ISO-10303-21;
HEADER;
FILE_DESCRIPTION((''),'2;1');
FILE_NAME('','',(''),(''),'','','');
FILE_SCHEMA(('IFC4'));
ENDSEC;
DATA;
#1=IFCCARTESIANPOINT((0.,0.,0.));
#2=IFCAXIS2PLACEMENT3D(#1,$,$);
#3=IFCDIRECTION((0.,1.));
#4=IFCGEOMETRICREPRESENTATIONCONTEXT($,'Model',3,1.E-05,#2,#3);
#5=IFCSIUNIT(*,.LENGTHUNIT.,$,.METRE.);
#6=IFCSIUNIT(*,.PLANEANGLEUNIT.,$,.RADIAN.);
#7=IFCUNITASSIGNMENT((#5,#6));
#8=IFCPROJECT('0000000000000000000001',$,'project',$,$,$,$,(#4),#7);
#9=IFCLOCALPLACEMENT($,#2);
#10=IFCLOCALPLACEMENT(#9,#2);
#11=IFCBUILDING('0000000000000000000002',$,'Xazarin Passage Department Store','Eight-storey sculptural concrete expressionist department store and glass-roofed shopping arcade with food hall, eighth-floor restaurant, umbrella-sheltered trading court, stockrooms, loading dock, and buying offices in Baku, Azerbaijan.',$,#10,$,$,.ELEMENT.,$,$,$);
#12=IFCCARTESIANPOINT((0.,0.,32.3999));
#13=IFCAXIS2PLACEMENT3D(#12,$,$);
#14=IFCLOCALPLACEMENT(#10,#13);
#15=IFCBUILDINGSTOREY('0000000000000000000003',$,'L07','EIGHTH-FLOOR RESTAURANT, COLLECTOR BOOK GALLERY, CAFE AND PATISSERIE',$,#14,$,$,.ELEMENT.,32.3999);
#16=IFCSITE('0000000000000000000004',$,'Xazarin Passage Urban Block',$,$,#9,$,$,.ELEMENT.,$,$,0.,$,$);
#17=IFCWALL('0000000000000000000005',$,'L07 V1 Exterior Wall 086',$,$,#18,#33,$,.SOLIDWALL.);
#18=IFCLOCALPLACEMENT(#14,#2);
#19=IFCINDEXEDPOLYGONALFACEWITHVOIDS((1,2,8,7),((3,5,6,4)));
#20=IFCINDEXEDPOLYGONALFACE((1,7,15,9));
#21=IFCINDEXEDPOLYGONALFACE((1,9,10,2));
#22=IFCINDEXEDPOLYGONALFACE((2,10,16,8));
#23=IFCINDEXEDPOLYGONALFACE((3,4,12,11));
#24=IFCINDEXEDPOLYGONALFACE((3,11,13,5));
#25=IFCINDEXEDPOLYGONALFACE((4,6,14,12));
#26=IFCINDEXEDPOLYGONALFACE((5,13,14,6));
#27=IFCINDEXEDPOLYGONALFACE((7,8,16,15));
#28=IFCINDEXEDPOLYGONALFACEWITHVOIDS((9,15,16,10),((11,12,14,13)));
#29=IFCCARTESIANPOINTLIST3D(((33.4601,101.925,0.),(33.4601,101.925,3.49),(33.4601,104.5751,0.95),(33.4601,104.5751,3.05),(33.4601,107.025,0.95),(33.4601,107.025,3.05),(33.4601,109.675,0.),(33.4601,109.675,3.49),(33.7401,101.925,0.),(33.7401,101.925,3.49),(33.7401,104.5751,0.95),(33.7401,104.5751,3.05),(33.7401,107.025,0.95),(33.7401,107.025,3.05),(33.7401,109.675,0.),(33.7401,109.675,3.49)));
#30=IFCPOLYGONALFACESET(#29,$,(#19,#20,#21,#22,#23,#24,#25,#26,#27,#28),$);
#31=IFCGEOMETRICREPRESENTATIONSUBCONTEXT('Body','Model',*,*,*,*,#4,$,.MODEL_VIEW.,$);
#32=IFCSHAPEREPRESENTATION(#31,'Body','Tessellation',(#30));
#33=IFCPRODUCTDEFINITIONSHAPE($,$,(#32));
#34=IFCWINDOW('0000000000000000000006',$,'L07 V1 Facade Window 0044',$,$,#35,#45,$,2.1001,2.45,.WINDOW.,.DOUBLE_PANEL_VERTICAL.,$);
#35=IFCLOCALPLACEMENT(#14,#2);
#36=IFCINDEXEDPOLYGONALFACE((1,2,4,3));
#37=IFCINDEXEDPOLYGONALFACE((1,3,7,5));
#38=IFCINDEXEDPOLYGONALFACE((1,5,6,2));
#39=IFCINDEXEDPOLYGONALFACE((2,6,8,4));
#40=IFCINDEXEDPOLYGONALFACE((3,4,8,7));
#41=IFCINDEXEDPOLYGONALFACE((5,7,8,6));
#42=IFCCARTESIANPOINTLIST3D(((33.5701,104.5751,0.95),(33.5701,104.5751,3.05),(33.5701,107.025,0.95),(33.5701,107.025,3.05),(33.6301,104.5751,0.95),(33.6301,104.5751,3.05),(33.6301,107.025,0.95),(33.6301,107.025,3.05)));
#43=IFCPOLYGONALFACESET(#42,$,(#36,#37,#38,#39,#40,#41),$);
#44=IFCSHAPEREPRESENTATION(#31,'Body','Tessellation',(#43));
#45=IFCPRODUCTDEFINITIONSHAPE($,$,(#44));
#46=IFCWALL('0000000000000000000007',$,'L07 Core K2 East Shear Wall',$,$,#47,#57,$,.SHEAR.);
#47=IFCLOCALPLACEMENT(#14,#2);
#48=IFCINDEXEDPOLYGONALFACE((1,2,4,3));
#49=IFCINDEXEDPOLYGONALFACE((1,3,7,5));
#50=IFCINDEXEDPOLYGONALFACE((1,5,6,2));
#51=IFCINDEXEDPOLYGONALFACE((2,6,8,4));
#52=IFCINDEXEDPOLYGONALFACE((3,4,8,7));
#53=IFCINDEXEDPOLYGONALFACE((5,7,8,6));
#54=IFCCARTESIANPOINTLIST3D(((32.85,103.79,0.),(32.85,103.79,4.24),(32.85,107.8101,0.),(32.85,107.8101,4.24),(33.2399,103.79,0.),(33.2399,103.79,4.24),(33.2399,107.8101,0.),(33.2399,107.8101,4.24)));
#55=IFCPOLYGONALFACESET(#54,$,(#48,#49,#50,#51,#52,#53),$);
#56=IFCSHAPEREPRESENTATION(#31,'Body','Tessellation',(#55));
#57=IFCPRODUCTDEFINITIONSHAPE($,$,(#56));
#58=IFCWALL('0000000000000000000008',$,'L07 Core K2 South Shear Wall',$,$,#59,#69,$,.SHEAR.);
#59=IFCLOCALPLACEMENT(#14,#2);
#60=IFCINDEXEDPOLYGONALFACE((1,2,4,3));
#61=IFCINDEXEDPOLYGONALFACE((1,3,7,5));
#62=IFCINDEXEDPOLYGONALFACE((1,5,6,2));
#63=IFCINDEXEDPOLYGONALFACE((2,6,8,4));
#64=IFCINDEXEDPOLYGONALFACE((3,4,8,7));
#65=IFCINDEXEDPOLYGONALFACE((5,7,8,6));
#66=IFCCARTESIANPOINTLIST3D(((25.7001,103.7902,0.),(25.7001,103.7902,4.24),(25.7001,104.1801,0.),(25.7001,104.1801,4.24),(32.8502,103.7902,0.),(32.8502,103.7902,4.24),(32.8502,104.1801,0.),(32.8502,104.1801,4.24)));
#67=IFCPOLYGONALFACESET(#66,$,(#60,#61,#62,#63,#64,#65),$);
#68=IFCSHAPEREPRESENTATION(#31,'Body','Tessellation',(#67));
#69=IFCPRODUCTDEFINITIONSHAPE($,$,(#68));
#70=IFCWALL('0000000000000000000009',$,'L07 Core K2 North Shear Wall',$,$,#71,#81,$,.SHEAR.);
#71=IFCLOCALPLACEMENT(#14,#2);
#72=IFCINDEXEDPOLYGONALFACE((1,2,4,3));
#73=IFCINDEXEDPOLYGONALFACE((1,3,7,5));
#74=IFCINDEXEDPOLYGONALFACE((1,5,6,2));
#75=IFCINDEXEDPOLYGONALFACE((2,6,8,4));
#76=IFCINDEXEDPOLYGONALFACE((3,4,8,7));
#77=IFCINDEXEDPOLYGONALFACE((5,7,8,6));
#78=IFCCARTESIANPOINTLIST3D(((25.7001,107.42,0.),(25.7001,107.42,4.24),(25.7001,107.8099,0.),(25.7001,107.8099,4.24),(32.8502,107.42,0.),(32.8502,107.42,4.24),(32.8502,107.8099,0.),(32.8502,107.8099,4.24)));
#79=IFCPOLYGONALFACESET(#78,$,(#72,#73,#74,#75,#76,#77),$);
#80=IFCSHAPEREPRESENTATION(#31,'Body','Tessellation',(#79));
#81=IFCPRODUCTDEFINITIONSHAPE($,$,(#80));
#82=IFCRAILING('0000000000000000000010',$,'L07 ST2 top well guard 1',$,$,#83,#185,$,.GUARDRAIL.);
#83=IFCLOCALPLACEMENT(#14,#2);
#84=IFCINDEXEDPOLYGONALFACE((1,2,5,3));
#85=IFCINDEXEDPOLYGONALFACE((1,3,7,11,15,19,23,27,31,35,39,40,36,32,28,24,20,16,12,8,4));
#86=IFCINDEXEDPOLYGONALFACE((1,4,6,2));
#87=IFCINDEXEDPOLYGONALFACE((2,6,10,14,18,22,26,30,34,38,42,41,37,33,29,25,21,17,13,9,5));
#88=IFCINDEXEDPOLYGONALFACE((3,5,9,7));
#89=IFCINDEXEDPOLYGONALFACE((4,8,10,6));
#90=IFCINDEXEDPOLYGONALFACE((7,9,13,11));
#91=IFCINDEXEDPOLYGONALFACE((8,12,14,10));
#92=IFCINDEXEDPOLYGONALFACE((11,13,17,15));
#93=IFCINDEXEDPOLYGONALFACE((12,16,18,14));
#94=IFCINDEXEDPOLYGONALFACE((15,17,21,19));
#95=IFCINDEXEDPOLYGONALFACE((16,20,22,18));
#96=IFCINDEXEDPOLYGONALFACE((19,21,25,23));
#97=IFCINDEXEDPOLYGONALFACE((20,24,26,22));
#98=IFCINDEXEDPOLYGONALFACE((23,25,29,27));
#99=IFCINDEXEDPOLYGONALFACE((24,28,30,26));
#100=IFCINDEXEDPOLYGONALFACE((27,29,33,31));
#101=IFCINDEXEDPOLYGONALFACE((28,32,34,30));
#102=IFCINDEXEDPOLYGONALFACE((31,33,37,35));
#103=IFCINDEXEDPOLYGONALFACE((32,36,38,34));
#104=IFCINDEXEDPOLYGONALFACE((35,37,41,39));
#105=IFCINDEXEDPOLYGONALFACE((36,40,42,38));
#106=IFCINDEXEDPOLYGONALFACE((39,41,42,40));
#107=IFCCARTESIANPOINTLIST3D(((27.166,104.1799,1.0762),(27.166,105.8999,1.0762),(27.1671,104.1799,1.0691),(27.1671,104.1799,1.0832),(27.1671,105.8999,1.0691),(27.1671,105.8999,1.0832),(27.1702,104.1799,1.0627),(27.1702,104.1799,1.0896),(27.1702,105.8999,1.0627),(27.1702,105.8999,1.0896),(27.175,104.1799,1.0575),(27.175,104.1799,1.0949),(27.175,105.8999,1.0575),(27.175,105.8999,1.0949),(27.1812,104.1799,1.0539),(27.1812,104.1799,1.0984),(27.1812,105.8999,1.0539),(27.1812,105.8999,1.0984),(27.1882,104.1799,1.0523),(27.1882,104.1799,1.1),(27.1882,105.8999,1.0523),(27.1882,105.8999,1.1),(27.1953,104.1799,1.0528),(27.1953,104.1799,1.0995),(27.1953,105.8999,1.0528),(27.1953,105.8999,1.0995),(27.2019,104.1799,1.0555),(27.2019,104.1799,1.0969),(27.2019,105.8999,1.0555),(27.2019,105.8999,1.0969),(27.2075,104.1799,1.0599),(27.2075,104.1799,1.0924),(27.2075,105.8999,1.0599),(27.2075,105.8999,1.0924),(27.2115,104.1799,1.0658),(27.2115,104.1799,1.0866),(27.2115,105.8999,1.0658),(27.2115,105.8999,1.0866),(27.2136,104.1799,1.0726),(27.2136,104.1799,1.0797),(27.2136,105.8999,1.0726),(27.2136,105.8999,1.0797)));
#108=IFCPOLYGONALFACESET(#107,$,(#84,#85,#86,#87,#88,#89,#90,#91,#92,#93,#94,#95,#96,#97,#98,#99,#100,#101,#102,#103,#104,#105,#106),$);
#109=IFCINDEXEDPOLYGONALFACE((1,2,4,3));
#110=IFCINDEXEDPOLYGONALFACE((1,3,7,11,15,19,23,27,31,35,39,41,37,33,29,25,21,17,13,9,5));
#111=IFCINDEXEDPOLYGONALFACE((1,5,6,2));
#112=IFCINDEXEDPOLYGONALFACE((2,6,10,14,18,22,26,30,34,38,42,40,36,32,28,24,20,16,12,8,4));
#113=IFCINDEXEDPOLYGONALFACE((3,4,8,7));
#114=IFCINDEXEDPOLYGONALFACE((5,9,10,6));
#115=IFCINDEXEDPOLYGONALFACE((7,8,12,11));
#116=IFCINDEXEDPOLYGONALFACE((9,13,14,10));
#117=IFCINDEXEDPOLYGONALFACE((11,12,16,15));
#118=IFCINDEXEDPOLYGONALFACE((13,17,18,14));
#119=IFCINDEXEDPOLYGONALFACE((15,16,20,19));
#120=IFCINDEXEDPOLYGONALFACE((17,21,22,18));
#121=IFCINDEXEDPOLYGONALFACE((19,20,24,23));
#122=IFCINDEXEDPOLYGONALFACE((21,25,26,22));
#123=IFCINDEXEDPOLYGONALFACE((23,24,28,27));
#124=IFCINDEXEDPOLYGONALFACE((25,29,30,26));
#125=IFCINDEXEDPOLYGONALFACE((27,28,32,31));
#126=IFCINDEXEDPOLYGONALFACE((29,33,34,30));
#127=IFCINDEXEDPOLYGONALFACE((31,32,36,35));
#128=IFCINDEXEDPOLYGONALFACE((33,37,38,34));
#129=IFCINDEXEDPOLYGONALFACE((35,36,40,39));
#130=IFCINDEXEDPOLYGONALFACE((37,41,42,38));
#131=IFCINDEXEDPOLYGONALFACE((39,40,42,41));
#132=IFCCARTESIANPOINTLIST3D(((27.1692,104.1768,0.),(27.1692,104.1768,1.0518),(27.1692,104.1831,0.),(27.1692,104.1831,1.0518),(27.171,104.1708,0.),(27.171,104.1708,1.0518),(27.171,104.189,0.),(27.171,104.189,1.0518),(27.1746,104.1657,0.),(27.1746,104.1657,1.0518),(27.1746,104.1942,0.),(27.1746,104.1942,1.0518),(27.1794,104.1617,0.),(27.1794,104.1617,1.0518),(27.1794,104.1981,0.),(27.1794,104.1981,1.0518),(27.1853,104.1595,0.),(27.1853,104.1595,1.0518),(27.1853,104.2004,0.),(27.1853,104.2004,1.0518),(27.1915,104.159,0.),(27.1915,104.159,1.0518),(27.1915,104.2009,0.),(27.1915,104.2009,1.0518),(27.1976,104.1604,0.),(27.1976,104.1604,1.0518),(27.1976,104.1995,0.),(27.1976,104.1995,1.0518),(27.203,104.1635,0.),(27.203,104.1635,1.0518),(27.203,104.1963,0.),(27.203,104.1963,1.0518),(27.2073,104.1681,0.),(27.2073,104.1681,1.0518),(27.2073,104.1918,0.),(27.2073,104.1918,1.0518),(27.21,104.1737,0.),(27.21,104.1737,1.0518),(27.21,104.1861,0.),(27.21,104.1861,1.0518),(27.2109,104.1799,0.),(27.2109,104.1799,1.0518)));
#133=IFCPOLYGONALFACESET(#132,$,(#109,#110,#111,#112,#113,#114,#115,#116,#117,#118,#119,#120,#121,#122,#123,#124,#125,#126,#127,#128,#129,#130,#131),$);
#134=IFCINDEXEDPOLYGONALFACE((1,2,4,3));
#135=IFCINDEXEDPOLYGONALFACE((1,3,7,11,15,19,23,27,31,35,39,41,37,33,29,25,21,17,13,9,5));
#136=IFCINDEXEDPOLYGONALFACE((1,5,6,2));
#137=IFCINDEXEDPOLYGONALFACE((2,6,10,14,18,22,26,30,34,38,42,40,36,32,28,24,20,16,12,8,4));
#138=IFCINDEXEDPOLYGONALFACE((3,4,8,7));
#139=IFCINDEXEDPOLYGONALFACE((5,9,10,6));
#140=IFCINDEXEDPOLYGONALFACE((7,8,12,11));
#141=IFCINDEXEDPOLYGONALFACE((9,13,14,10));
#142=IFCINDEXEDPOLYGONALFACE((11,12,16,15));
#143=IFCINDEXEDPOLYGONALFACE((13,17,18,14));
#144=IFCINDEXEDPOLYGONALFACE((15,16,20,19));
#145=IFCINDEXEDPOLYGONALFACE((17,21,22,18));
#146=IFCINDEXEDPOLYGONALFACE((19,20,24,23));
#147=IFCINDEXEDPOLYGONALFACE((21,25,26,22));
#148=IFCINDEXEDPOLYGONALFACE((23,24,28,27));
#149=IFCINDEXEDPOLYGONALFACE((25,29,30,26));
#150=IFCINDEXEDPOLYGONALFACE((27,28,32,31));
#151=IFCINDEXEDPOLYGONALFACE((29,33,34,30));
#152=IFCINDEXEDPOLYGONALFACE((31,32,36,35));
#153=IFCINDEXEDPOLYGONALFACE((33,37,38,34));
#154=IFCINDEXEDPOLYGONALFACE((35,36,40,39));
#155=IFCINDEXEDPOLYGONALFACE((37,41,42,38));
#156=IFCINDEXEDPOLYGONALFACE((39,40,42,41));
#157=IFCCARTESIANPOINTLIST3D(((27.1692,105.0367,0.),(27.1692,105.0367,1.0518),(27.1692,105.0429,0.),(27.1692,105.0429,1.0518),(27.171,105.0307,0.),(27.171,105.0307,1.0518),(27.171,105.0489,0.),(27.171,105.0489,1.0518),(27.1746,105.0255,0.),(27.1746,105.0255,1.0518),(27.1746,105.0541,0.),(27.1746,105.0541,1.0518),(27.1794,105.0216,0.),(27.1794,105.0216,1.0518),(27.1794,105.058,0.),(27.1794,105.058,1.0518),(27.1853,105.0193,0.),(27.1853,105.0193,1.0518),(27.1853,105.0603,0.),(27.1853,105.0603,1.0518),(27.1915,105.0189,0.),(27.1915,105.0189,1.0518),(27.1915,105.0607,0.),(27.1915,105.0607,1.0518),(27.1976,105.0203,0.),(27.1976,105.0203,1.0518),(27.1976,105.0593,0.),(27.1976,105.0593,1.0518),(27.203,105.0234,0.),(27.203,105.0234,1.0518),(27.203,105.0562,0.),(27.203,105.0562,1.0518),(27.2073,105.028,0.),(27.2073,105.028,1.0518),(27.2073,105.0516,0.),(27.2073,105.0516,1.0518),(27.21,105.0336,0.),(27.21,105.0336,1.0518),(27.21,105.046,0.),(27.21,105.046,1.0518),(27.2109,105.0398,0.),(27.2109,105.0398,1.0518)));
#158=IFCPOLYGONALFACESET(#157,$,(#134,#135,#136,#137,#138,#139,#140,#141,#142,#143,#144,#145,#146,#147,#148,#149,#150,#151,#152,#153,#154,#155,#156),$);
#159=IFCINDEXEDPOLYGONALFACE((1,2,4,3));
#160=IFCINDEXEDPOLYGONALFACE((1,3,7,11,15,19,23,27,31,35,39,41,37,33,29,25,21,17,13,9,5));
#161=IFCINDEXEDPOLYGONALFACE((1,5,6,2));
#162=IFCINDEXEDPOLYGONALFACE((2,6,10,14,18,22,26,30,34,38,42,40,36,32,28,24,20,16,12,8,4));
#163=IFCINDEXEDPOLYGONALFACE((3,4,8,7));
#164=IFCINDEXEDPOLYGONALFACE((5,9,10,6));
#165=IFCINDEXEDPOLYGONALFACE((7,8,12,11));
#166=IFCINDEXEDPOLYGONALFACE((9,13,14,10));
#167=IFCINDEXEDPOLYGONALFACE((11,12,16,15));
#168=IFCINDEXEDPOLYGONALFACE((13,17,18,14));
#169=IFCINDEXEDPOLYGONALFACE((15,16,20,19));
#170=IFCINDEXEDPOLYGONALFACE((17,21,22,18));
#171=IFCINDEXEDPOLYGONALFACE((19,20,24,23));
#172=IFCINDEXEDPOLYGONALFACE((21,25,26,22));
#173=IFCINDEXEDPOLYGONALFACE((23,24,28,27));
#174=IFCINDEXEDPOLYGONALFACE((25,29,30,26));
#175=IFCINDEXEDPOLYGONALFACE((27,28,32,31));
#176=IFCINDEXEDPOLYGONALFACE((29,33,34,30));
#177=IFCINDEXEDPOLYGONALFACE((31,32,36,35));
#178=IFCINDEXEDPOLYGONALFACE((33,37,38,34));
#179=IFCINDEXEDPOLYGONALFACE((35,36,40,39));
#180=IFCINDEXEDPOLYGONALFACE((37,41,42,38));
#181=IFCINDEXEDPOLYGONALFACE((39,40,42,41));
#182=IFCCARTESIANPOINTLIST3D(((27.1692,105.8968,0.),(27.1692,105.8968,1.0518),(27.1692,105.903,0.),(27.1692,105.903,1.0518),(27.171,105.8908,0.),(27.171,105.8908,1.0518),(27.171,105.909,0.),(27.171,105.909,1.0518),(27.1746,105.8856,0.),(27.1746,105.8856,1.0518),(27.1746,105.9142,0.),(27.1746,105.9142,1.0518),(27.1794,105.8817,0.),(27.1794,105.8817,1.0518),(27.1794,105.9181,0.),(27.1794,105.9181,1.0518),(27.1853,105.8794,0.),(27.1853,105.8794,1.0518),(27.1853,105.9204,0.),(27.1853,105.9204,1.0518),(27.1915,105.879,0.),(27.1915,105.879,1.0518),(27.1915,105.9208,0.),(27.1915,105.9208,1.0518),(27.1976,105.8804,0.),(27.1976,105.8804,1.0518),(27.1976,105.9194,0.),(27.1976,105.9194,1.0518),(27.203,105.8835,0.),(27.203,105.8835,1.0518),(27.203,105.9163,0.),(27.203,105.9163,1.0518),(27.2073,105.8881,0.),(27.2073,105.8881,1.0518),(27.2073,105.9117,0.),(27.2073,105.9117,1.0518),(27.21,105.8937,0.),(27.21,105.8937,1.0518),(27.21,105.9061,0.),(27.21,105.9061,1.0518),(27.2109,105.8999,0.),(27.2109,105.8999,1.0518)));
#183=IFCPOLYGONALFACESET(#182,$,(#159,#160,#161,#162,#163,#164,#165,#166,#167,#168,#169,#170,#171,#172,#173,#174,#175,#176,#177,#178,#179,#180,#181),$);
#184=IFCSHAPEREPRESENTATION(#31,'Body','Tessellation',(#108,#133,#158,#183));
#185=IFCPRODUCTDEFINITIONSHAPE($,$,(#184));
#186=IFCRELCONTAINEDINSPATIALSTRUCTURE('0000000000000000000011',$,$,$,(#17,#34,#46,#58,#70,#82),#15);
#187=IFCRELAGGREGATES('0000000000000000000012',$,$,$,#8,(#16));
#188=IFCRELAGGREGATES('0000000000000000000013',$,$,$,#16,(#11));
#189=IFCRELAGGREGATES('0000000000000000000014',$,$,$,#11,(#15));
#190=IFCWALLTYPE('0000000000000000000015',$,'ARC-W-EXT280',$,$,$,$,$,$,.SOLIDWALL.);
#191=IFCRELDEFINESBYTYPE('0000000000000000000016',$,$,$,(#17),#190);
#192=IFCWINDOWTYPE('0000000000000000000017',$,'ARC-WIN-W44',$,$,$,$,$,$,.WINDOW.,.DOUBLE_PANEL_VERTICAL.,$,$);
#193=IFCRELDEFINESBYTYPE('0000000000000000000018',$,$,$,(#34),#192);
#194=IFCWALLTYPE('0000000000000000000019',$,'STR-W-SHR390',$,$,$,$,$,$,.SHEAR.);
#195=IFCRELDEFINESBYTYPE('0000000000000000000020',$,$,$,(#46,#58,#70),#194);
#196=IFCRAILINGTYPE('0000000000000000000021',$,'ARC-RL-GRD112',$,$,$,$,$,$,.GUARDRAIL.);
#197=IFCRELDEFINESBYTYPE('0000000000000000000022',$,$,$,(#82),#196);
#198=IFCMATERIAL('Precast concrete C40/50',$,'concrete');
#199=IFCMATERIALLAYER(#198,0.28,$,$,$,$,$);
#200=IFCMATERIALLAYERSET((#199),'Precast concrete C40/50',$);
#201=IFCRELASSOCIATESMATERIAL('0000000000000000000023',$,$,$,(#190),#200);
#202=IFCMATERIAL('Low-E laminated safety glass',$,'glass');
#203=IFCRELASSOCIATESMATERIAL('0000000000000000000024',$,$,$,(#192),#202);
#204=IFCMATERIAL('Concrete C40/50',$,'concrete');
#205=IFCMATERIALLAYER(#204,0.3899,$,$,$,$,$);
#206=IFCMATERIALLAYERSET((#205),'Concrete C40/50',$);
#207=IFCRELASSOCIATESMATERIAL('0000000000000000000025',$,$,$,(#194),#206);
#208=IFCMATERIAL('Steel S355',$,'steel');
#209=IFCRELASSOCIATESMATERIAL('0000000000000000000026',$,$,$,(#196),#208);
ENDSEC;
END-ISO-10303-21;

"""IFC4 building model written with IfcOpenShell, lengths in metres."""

from ifc_helpers import new_model, si_unit, direction, frame, frame_2d, origin, origin_2d, place, context, subcontext, project, spatial, rectangle, circle, extrude, material, layer, layer_set, type_object, element, fill, save


model = new_model("IFC4")

# Units and contexts
model_context = context("Model", 3, precision=1e-05, world=origin(), true_north=direction((0.0, 1.0)))
body_context = subcontext(model_context, "Body", "Model", "MODEL_VIEW")
ifc_project = project(units=[si_unit("LENGTHUNIT", "METRE"), si_unit("PLANEANGLEUNIT", "RADIAN")], contexts=[model_context])

# Site, building, storey
site_placement = place(None, origin())
site = spatial("IfcSite", under=ifc_project, at=site_placement, Name="Xazarin Passage Urban Block", CompositionType="ELEMENT", RefElevation=0.0)
building_placement = place(site_placement, origin())
building = spatial("IfcBuilding", under=site, at=building_placement, Name="Xazarin Passage Department Store", Description="Eight-storey sculptural concrete expressionist department store and glass-roofed shopping arcade with food hall, eighth-floor restaurant, umbrella-sheltered trading court, stockrooms, loading dock, and buying offices in Baku, Azerbaijan.", CompositionType="ELEMENT")
storey_placement = place(building_placement, frame((0.0, 0.0, 32.3999)))
storey = spatial("IfcBuildingStorey", under=building, at=storey_placement, Name="L07", Description="EIGHTH-FLOOR RESTAURANT, COLLECTOR BOOK GALLERY, CAFE AND PATISSERIE", CompositionType="ELEMENT", Elevation=32.3999)

# Shared definitions
ifc_material_1 = material(Name="Concrete C40/50", Category="concrete")

# Shared definitions
ifc_material_2 = material(Name="Low-E laminated safety glass", Category="glass")

# Wall, opening, window
ifc_material_3 = material(Name="Precast concrete C40/50", Category="concrete")
ifc_layer_1 = layer(ifc_material_3, 0.28)
ifc_layer_set_1 = layer_set([ifc_layer_1], Name="Precast concrete C40/50")
wall_type_1 = type_object("IfcWallType", Name="ARC-W-EXT280", PredefinedType="SOLIDWALL", material=ifc_layer_set_1)
wall_1_placement = place(storey_placement, frame((33.6001, 101.925, 0.0), z_axis=(0.0, 0.0, 1.0), x_axis=(0.0, 1.0, 0.0)))
wall_1 = element("IfcWall", 1, at=wall_1_placement, inside=storey, type_object=wall_type_1, Name="L07 V1 Exterior Wall 086", PredefinedType="SOLIDWALL", context=body_context, shape_type="SweptSolid", body=[
    extrude(rectangle(XDim=7.75, YDim=0.28, at=frame_2d((3.875, 0.0))), origin(), (0.0, 0.0, 1.0), 3.49),
])
opening_1_placement = place(wall_1_placement, frame((2.6499, 0.0, 0.95)))
opening_1 = element("IfcOpeningElement", 2, at=opening_1_placement, cuts=wall_1, PredefinedType="OPENING", context=body_context, shape_type="SweptSolid", body=[
    extrude(rectangle(XDim=2.45, YDim=2.1001, at=frame_2d((1.2251, 1.05))), frame((0.0, 0.1499, 0.0), z_axis=(0.0, -1.0, 0.0), x_axis=(1.0, 0.0, 0.0)), (0.0, 0.0, 1.0), 0.3),
])
window_type = type_object("IfcWindowType", Name="ARC-WIN-W44", PartitioningType="DOUBLE_PANEL_VERTICAL", PredefinedType="WINDOW", material=ifc_material_2)
window_placement = place(opening_1_placement, origin())
window = element("IfcWindow", 3, at=window_placement, inside=storey, type_object=window_type, Name="L07 V1 Facade Window 0044", OverallHeight=2.1001, OverallWidth=2.45, PartitioningType="DOUBLE_PANEL_VERTICAL", PredefinedType="WINDOW", context=body_context, shape_type="SweptSolid", body=[
    extrude(rectangle(XDim=2.45, YDim=2.1001, at=frame_2d((1.2251, 1.05))), frame((0.0, 0.03, 0.0), z_axis=(0.0, -1.0, 0.0), x_axis=(1.0, 0.0, 0.0)), (0.0, 0.0, 1.0), 0.0601),
])
fill(opening_1, window)

# Shared definitions
ifc_layer_2 = layer(ifc_material_1, 0.3899)
ifc_layer_set_2 = layer_set([ifc_layer_2], Name="Concrete C40/50")
wall_type_2 = type_object("IfcWallType", Name="STR-W-SHR390", PredefinedType="SHEAR", material=ifc_layer_set_2)
ifc_material_4 = material(Name="Steel S355", Category="steel")

# Walls
wall_2_placement = place(storey_placement, frame((33.0449, 103.79, 0.0), z_axis=(0.0, 0.0, 1.0), x_axis=(0.0, 1.0, 0.0)))
element("IfcWall", 4, at=wall_2_placement, inside=storey, type_object=wall_type_2, Name="L07 Core K2 East Shear Wall", PredefinedType="SHEAR", context=body_context, shape_type="SweptSolid", body=[
    extrude(rectangle(XDim=4.02, YDim=0.3899, at=frame_2d((2.01, 0.0))), origin(), (0.0, 0.0, 1.0), 4.24),
])
for number, where, z_axis, x_axis, name in (
    (5, (25.7, 103.9851, 0.0), (0.0, 0.0, 1.0), (1.0, 0.0, 0.0), "L07 Core K2 South Shear Wall"),
    (6, (25.7, 107.615, 0.0), (0.0, 0.0, 1.0), (1.0, 0.0, 0.0), "L07 Core K2 North Shear Wall"),
):
    element("IfcWall", number, at=place(storey_placement, frame(where, z_axis=z_axis, x_axis=x_axis)), inside=storey, type_object=wall_type_2, Name=name, PredefinedType="SHEAR", context=body_context, shape_type="SweptSolid", body=[
        extrude(rectangle(XDim=7.1501, YDim=0.3899, at=frame_2d((3.5752, 0.0))), origin(), (0.0, 0.0, 1.0), 4.24),
    ])

# Railing
railing_type = type_object("IfcRailingType", Name="ARC-RL-GRD112", PredefinedType="GUARDRAIL", material=ifc_material_4)
railing_placement = place(storey_placement, frame((27.1899, 104.1799, 0.0)))
element("IfcRailing", 7, at=railing_placement, inside=storey, type_object=railing_type, Name="L07 ST2 top well guard 1", PredefinedType="GUARDRAIL", context=body_context, shape_type="SweptSolid", body=[
    extrude(circle(Radius=0.0239, at=origin_2d()), frame((0.0, 0.0, 1.0762), z_axis=(0.0, 1.0, 0.0), x_axis=(-1.0, 0.0, 0.0)), (0.0, 0.0, 1.0), 1.72),
    extrude(circle(Radius=0.021, at=origin_2d()), origin(), (0.0, 0.0, 1.0), 1.0518),
    extrude(circle(Radius=0.021, at=origin_2d()), frame((0.0, 0.8599, 0.0)), (0.0, 0.0, 1.0), 1.0518),
    extrude(circle(Radius=0.021, at=origin_2d()), frame((0.0, 1.72, 0.0)), (0.0, 0.0, 1.0), 1.0518),
])

save(model, "model.ifc")
